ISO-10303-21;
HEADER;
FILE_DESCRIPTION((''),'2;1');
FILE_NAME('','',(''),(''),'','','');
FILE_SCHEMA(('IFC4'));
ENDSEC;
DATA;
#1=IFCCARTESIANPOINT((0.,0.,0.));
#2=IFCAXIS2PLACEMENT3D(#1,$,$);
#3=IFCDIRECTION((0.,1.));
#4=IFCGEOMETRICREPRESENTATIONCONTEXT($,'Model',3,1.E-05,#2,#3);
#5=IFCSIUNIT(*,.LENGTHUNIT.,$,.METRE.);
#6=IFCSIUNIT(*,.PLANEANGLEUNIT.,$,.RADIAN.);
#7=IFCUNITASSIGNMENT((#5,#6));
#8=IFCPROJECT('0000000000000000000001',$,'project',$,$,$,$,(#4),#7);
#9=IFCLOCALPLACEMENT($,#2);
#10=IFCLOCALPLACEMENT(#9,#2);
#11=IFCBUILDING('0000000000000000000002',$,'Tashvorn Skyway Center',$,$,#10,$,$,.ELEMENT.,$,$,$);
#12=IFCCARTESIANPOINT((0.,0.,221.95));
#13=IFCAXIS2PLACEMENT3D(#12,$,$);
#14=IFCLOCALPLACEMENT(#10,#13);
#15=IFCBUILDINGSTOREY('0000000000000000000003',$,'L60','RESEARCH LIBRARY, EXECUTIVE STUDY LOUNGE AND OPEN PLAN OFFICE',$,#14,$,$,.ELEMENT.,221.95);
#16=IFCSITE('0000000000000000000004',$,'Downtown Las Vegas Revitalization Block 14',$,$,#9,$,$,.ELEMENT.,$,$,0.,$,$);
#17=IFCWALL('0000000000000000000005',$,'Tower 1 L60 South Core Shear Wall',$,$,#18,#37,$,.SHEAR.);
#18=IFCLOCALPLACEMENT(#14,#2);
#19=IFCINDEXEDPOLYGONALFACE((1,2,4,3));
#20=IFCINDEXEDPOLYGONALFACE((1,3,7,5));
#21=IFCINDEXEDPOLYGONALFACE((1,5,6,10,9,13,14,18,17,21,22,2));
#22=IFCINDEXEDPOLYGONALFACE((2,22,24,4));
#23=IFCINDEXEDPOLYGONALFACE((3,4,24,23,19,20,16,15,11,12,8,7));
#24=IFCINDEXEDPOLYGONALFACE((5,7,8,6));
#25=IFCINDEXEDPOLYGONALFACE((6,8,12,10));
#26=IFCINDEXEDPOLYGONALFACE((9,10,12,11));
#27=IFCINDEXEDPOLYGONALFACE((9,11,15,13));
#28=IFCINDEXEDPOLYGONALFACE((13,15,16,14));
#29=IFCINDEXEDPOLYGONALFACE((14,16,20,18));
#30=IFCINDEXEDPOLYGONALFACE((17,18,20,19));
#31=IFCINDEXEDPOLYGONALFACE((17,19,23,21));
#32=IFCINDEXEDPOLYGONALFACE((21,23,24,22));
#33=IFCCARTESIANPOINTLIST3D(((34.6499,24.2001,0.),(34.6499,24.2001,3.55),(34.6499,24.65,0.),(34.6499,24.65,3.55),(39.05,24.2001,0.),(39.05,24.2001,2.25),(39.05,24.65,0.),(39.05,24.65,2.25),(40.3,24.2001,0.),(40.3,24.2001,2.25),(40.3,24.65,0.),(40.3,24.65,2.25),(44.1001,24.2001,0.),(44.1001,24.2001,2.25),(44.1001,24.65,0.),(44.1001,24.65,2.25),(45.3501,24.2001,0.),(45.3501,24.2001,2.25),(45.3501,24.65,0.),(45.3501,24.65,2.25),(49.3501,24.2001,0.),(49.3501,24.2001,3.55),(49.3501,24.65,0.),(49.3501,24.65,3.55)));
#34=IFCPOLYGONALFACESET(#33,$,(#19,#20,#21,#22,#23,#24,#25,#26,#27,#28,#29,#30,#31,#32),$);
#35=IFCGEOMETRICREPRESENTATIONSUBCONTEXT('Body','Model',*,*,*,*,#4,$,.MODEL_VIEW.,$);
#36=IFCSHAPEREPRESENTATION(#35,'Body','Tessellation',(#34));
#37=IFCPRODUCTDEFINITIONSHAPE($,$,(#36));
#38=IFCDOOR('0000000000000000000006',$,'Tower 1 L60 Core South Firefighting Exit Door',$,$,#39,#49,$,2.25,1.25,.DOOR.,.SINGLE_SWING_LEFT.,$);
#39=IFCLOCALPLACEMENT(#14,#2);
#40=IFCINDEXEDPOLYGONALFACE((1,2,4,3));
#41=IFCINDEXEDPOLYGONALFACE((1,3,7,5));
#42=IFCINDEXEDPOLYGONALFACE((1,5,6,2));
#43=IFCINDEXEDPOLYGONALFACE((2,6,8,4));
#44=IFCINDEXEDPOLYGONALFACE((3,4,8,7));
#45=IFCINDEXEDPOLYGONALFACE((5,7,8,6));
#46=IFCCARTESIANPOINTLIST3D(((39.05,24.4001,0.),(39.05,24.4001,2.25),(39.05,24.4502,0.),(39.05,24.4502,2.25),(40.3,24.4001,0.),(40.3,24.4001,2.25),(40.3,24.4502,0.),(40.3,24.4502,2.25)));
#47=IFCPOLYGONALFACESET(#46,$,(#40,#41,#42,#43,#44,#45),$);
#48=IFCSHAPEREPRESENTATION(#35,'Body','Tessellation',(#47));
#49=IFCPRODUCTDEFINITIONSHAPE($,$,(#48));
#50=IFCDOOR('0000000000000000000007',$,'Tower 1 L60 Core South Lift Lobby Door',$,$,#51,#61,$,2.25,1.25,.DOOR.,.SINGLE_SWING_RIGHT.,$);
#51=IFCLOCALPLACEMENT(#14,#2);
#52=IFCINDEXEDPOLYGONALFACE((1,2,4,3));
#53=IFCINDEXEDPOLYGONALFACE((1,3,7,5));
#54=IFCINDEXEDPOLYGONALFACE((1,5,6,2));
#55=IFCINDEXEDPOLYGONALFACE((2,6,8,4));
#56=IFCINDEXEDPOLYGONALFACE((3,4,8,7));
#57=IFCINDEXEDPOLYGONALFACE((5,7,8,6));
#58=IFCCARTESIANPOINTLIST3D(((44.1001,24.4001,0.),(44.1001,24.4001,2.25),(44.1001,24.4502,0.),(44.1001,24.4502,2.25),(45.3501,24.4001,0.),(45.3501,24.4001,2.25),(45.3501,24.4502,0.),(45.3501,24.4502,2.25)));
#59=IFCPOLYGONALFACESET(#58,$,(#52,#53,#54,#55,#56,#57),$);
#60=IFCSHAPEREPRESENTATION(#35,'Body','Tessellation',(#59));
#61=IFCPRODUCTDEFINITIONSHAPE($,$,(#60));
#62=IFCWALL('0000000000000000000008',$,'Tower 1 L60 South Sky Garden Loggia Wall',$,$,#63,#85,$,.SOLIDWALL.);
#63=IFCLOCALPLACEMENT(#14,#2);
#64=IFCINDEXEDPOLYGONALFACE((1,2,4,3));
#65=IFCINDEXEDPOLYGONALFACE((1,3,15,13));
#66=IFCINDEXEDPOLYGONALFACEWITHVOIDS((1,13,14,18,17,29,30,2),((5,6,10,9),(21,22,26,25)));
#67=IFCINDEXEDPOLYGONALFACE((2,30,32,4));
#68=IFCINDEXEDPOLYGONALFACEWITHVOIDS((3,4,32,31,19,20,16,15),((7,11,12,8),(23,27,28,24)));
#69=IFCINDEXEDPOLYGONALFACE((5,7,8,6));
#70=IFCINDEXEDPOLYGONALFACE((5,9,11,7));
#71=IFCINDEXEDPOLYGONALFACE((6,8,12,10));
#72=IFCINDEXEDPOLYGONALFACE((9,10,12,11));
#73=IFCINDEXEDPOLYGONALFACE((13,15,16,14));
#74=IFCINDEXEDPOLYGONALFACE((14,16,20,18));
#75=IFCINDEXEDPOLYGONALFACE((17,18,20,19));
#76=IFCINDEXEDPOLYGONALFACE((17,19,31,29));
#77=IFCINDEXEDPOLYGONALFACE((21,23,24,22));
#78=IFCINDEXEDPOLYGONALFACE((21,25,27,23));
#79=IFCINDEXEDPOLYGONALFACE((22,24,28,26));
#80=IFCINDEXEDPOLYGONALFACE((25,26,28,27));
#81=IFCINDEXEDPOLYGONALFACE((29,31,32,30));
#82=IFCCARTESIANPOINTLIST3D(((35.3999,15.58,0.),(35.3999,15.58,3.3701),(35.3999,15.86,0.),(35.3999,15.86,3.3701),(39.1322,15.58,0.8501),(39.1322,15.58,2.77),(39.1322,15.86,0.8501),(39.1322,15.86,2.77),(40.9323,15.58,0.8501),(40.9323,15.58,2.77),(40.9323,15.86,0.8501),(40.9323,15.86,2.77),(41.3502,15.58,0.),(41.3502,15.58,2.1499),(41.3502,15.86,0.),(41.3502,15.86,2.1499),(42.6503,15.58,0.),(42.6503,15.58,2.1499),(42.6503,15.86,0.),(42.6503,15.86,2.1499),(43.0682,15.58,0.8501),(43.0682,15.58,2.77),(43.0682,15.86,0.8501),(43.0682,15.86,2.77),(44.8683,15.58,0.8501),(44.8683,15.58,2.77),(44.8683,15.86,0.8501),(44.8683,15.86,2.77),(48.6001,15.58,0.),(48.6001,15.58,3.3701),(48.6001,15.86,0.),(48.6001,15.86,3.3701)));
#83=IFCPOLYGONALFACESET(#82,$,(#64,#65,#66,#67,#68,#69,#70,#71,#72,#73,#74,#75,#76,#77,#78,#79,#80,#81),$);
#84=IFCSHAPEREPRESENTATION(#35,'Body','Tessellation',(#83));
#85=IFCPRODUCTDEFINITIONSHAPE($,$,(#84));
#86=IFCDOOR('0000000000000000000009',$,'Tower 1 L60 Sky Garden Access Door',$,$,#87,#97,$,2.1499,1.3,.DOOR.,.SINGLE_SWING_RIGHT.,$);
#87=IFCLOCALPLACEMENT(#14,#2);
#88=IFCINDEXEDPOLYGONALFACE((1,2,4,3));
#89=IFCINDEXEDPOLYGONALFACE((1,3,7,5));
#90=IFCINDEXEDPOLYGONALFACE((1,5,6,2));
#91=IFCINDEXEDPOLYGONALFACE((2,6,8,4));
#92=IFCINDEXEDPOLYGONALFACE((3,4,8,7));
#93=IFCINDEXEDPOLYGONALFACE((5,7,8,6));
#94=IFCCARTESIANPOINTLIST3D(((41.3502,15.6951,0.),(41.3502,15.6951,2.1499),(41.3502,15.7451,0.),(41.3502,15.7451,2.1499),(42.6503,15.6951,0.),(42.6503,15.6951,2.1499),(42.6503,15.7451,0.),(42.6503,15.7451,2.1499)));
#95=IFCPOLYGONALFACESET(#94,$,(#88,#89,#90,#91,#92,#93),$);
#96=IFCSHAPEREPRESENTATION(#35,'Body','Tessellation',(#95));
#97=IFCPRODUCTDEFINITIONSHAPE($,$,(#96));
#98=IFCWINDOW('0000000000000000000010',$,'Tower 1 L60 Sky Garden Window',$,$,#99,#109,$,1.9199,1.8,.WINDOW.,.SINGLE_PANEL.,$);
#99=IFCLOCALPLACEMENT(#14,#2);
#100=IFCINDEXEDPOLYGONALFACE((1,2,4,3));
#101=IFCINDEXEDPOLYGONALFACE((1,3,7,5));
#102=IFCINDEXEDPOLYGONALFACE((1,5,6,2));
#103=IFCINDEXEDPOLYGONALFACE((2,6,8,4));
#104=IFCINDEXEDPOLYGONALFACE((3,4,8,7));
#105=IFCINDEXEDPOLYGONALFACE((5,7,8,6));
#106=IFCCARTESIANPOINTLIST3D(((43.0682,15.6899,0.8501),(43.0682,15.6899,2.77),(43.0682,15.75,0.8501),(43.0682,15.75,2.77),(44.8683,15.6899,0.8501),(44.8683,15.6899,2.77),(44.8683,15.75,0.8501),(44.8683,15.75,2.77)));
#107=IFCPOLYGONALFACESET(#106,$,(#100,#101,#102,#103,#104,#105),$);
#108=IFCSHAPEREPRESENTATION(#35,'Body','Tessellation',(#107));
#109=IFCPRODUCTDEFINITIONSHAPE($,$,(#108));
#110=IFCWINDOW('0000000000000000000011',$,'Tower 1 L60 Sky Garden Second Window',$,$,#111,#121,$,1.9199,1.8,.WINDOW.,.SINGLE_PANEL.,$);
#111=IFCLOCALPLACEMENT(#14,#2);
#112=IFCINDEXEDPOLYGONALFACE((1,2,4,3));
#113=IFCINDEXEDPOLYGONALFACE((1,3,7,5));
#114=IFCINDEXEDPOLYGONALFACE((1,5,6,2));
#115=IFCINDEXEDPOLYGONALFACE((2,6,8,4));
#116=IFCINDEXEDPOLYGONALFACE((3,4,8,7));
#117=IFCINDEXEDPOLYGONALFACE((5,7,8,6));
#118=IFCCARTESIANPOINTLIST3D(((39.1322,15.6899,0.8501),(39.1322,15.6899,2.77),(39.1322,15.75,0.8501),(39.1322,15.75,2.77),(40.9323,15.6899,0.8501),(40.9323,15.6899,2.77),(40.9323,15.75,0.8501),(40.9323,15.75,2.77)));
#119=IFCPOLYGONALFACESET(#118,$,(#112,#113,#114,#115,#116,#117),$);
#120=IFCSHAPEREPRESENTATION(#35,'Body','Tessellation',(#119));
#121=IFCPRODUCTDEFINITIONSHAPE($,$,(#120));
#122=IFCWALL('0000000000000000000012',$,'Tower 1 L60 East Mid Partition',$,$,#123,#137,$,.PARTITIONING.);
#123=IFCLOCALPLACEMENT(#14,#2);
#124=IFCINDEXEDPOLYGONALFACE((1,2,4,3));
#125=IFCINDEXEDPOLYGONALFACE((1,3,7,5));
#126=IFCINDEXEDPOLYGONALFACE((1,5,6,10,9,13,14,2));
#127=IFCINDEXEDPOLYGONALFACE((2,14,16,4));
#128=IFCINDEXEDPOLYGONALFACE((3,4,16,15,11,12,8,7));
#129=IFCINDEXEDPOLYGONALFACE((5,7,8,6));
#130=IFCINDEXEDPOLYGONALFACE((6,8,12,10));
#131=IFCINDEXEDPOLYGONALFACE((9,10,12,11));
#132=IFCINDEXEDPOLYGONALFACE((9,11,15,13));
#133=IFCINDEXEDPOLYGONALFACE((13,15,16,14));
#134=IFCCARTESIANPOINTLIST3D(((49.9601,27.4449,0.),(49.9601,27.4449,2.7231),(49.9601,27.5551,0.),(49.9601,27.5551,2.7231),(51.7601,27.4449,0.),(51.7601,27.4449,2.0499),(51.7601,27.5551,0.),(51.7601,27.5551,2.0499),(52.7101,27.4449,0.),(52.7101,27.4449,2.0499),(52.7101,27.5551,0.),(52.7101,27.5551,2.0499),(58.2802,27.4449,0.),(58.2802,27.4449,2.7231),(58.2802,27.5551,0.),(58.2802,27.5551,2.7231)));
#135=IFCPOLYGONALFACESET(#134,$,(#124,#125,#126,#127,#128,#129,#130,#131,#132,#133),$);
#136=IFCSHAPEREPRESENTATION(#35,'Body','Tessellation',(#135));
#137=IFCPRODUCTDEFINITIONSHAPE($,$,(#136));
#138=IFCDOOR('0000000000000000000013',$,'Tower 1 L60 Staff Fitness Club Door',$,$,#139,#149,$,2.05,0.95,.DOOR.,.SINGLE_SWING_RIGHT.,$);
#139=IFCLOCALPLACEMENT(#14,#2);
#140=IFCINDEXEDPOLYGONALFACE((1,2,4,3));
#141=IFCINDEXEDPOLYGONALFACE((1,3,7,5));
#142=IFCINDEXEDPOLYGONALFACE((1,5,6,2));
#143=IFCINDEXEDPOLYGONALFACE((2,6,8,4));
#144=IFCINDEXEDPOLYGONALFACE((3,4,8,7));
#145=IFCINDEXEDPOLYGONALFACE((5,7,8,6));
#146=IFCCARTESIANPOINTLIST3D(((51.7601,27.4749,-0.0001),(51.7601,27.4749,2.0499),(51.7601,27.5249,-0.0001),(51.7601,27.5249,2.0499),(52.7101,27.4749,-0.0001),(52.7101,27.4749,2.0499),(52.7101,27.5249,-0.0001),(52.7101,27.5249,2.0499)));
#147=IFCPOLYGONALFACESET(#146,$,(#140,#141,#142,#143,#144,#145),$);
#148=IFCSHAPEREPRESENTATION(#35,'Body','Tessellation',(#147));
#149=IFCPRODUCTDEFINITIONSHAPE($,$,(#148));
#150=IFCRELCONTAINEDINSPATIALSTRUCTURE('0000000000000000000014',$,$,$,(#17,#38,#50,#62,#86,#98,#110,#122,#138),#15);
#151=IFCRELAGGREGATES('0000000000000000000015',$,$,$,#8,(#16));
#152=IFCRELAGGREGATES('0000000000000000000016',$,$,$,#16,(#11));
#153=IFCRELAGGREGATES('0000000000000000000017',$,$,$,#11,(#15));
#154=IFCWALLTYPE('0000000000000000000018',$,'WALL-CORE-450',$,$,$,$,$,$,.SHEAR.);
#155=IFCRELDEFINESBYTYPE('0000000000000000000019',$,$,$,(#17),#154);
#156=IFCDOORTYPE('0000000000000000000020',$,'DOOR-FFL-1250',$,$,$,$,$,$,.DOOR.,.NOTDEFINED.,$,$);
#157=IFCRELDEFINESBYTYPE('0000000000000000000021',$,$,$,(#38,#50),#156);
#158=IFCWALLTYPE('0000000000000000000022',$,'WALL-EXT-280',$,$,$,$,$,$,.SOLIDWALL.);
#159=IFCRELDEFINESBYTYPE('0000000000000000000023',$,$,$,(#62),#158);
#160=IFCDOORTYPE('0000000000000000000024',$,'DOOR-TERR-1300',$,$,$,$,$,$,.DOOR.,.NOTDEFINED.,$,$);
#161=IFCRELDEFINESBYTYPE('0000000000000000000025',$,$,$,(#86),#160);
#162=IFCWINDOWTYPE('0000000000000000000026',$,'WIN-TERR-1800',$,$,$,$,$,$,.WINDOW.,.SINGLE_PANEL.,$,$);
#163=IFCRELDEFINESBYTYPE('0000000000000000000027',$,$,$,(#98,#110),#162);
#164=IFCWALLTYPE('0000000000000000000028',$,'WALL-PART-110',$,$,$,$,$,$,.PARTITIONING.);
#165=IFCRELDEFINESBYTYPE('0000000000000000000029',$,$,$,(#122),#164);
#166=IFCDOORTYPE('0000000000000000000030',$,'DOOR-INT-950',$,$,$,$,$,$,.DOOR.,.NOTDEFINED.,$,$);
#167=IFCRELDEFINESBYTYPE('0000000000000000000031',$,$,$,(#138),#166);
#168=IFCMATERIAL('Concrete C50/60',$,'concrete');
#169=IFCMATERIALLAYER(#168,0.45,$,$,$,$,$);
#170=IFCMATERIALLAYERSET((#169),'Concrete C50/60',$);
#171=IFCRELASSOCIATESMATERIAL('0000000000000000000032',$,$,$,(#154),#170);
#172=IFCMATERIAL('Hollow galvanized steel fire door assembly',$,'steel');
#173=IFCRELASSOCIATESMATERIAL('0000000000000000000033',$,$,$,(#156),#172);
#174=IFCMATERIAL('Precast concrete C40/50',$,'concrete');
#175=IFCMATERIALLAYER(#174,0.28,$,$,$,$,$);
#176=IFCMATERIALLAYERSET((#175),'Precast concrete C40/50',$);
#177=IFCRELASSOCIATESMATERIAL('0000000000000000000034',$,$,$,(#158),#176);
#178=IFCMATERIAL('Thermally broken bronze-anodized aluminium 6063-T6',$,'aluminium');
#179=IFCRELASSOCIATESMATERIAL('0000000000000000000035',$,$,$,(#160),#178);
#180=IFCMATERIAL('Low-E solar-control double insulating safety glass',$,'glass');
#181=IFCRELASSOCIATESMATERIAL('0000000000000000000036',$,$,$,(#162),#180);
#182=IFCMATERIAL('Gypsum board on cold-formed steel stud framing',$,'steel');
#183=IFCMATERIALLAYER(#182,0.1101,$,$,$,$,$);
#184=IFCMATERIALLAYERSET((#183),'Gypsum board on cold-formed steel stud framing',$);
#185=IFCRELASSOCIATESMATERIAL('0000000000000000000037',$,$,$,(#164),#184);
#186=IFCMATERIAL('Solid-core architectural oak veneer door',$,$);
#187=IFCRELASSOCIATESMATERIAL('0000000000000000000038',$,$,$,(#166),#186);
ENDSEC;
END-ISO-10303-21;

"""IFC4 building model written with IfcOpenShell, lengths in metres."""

from ifc_helpers import new_model, si_unit, direction, frame, frame_2d, origin, place, context, subcontext, project, spatial, rectangle, extrude, material, layer, layer_set, type_object, element, fill, save


model = new_model("IFC4")

# Units and contexts
model_context = context("Model", 3, precision=1e-05, world=origin(), true_north=direction((0.0, 1.0)))
body_context = subcontext(model_context, "Body", "Model", "MODEL_VIEW")
ifc_project = project(units=[si_unit("LENGTHUNIT", "METRE"), si_unit("PLANEANGLEUNIT", "RADIAN")], contexts=[model_context])

# Site, building, storey
site_placement = place(None, origin())
site = spatial("IfcSite", under=ifc_project, at=site_placement, Name="Downtown Las Vegas Revitalization Block 14", CompositionType="ELEMENT", RefElevation=0.0)
building_placement = place(site_placement, origin())
building = spatial("IfcBuilding", under=site, at=building_placement, Name="Tashvorn Skyway Center", CompositionType="ELEMENT")
storey_placement = place(building_placement, frame((0.0, 0.0, 221.95)))
storey = spatial("IfcBuildingStorey", under=building, at=storey_placement, Name="L60", Description="RESEARCH LIBRARY, EXECUTIVE STUDY LOUNGE AND OPEN PLAN OFFICE", CompositionType="ELEMENT", Elevation=221.95)

# Shared definitions
ifc_material_1 = material(Name="Thermally broken bronze-anodized aluminium 6063-T6", Category="aluminium")

# Shared definitions
ifc_material_2 = material(Name="Low-E solar-control double insulating safety glass", Category="glass")

# Wall, openings, doors
ifc_material_3 = material(Name="Concrete C50/60", Category="concrete")
ifc_layer_1 = layer(ifc_material_3, 0.45)
ifc_layer_set_1 = layer_set([ifc_layer_1], Name="Concrete C50/60")
wall_type_1 = type_object("IfcWallType", Name="WALL-CORE-450", PredefinedType="SHEAR", material=ifc_layer_set_1)
wall_1_placement = place(storey_placement, frame((49.3501, 24.425, 0.0), z_axis=(0.0, 0.0, 1.0), x_axis=(-1.0, 0.0, 0.0)))
wall_1 = element("IfcWall", 1, at=wall_1_placement, inside=storey, type_object=wall_type_1, Name="Tower 1 L60 South Core Shear Wall", PredefinedType="SHEAR", context=body_context, shape_type="SweptSolid", body=[
    extrude(rectangle(XDim=14.7002, YDim=0.45, at=frame_2d((7.3501, 0.0))), origin(), (0.0, 0.0, 1.0), 3.55),
])
opening_1_placement = place(wall_1_placement, frame((9.05, 0.0, 0.0)))
opening_1 = element("IfcOpeningElement", 2, at=opening_1_placement, cuts=wall_1, PredefinedType="OPENING", context=body_context, shape_type="SweptSolid", body=[
    extrude(rectangle(XDim=1.25, YDim=2.25, at=frame_2d((0.625, 1.125))), frame((0.0, 0.2349, 0.0), z_axis=(0.0, -1.0, 0.0), x_axis=(1.0, 0.0, 0.0)), (0.0, 0.0, 1.0), 0.47),
])
opening_2_placement = place(wall_1_placement, frame((4.0, 0.0, 0.0)))
opening_2 = element("IfcOpeningElement", 3, at=opening_2_placement, cuts=wall_1, PredefinedType="OPENING", context=body_context, shape_type="SweptSolid", body=[
    extrude(rectangle(XDim=1.25, YDim=2.25, at=frame_2d((0.625, 1.125))), frame((0.0, 0.2349, 0.0), z_axis=(0.0, -1.0, 0.0), x_axis=(1.0, 0.0, 0.0)), (0.0, 0.0, 1.0), 0.47),
])
ifc_material_4 = material(Name="Hollow galvanized steel fire door assembly", Category="steel")
door_type_1 = type_object("IfcDoorType", Name="DOOR-FFL-1250", OperationType="NOTDEFINED", PredefinedType="DOOR", material=ifc_material_4)
door_1_placement = place(opening_1_placement, origin())
door_1 = element("IfcDoor", 4, at=door_1_placement, inside=storey, type_object=door_type_1, Name="Tower 1 L60 Core South Firefighting Exit Door", OperationType="SINGLE_SWING_LEFT", OverallHeight=2.25, OverallWidth=1.25, PredefinedType="DOOR", context=body_context, shape_type="SweptSolid", body=[
    extrude(rectangle(XDim=1.25, YDim=2.25, at=frame_2d((0.625, 1.125))), frame((0.0, 0.0249, 0.0), z_axis=(0.0, -1.0, 0.0), x_axis=(1.0, 0.0, 0.0)), (0.0, 0.0, 1.0), 0.05),
])
fill(opening_1, door_1)
door_2_placement = place(opening_2_placement, origin())
door_2 = element("IfcDoor", 5, at=door_2_placement, inside=storey, type_object=door_type_1, Name="Tower 1 L60 Core South Lift Lobby Door", OperationType="SINGLE_SWING_RIGHT", OverallHeight=2.25, OverallWidth=1.25, PredefinedType="DOOR", context=body_context, shape_type="SweptSolid", body=[
    extrude(rectangle(XDim=1.25, YDim=2.25, at=frame_2d((0.625, 1.125))), frame((0.0, 0.0249, 0.0), z_axis=(0.0, -1.0, 0.0), x_axis=(1.0, 0.0, 0.0)), (0.0, 0.0, 1.0), 0.05),
])
fill(opening_2, door_2)

# Wall, openings, door, windows
ifc_material_5 = material(Name="Precast concrete C40/50", Category="concrete")
ifc_layer_2 = layer(ifc_material_5, 0.28)
ifc_layer_set_2 = layer_set([ifc_layer_2], Name="Precast concrete C40/50")
wall_type_2 = type_object("IfcWallType", Name="WALL-EXT-280", PredefinedType="SOLIDWALL", material=ifc_layer_set_2)
wall_2_placement = place(storey_placement, frame((48.6001, 15.72, 0.0), z_axis=(0.0, 0.0, 1.0), x_axis=(-1.0, 0.0, 0.0)))
wall_2 = element("IfcWall", 6, at=wall_2_placement, inside=storey, type_object=wall_type_2, Name="Tower 1 L60 South Sky Garden Loggia Wall", PredefinedType="SOLIDWALL", context=body_context, shape_type="SweptSolid", body=[
    extrude(rectangle(XDim=13.2002, YDim=0.28, at=frame_2d((6.6001, 0.0))), origin(), (0.0, 0.0, 1.0), 3.3701),
])
opening_3_placement = place(wall_2_placement, frame((5.95, 0.0, 0.0)))
opening_3 = element("IfcOpeningElement", 7, at=opening_3_placement, cuts=wall_2, PredefinedType="OPENING", context=body_context, shape_type="SweptSolid", body=[
    extrude(rectangle(XDim=1.3, YDim=2.1499, at=frame_2d((0.6499, 1.075))), frame((0.0, 0.1499, 0.0), z_axis=(0.0, -1.0, 0.0), x_axis=(1.0, 0.0, 0.0)), (0.0, 0.0, 1.0), 0.3),
])
opening_4_placement = place(wall_2_placement, frame((3.7319, 0.0, 0.8501)))
opening_4 = element("IfcOpeningElement", 8, at=opening_4_placement, cuts=wall_2, PredefinedType="OPENING", context=body_context, shape_type="SweptSolid", body=[
    extrude(rectangle(XDim=1.8, YDim=1.9199, at=frame_2d((0.8999, 0.96))), frame((0.0, 0.1499, 0.0), z_axis=(0.0, -1.0, 0.0), x_axis=(1.0, 0.0, 0.0)), (0.0, 0.0, 1.0), 0.3),
])
opening_5_placement = place(wall_2_placement, frame((7.668, 0.0, 0.8501)))
opening_5 = element("IfcOpeningElement", 9, at=opening_5_placement, cuts=wall_2, PredefinedType="OPENING", context=body_context, shape_type="SweptSolid", body=[
    extrude(rectangle(XDim=1.8, YDim=1.9199, at=frame_2d((0.8999, 0.96))), frame((0.0, 0.1499, 0.0), z_axis=(0.0, -1.0, 0.0), x_axis=(1.0, 0.0, 0.0)), (0.0, 0.0, 1.0), 0.3),
])
door_type_2 = type_object("IfcDoorType", Name="DOOR-TERR-1300", OperationType="NOTDEFINED", PredefinedType="DOOR", material=ifc_material_1)
door_3_placement = place(opening_3_placement, origin())
door_3 = element("IfcDoor", 10, at=door_3_placement, inside=storey, type_object=door_type_2, Name="Tower 1 L60 Sky Garden Access Door", OperationType="SINGLE_SWING_RIGHT", OverallHeight=2.1499, OverallWidth=1.3, PredefinedType="DOOR", context=body_context, shape_type="SweptSolid", body=[
    extrude(rectangle(XDim=1.3, YDim=2.1499, at=frame_2d((0.6499, 1.075))), frame((0.0, 0.0249, 0.0), z_axis=(0.0, -1.0, 0.0), x_axis=(1.0, 0.0, 0.0)), (0.0, 0.0, 1.0), 0.05),
])
fill(opening_3, door_3)
window_type = type_object("IfcWindowType", Name="WIN-TERR-1800", PartitioningType="SINGLE_PANEL", PredefinedType="WINDOW", material=ifc_material_2)
window_1_placement = place(opening_4_placement, origin())
window_1 = element("IfcWindow", 11, at=window_1_placement, inside=storey, type_object=window_type, Name="Tower 1 L60 Sky Garden Window", OverallHeight=1.9199, OverallWidth=1.8, PartitioningType="SINGLE_PANEL", PredefinedType="WINDOW", context=body_context, shape_type="SweptSolid", body=[
    extrude(rectangle(XDim=1.8, YDim=1.9199, at=frame_2d((0.8999, 0.96))), frame((0.0, 0.03, 0.0), z_axis=(0.0, -1.0, 0.0), x_axis=(1.0, 0.0, 0.0)), (0.0, 0.0, 1.0), 0.0601),
])
fill(opening_4, window_1)
window_2_placement = place(opening_5_placement, origin())
window_2 = element("IfcWindow", 12, at=window_2_placement, inside=storey, type_object=window_type, Name="Tower 1 L60 Sky Garden Second Window", OverallHeight=1.9199, OverallWidth=1.8, PartitioningType="SINGLE_PANEL", PredefinedType="WINDOW", context=body_context, shape_type="SweptSolid", body=[
    extrude(rectangle(XDim=1.8, YDim=1.9199, at=frame_2d((0.8999, 0.96))), frame((0.0, 0.03, 0.0), z_axis=(0.0, -1.0, 0.0), x_axis=(1.0, 0.0, 0.0)), (0.0, 0.0, 1.0), 0.0601),
])
fill(opening_5, window_2)

# Wall, opening, door
ifc_material_6 = material(Name="Gypsum board on cold-formed steel stud framing", Category="steel")
ifc_layer_3 = layer(ifc_material_6, 0.1101)
ifc_layer_set_3 = layer_set([ifc_layer_3], Name="Gypsum board on cold-formed steel stud framing")
wall_type_3 = type_object("IfcWallType", Name="WALL-PART-110", PredefinedType="PARTITIONING", material=ifc_layer_set_3)
wall_3_placement = place(storey_placement, frame((49.96, 27.5, 0.0), z_axis=(0.0, 0.0, 1.0), x_axis=(1.0, 0.0, 0.0)))
wall_3 = element("IfcWall", 13, at=wall_3_placement, inside=storey, type_object=wall_type_3, Name="Tower 1 L60 East Mid Partition", PredefinedType="PARTITIONING", context=body_context, shape_type="SweptSolid", body=[
    extrude(rectangle(XDim=8.3201, YDim=0.1101, at=frame_2d((4.1602, 0.0))), origin(), (0.0, 0.0, 1.0), 2.7231),
])
opening_6_placement = place(wall_3_placement, frame((1.8, 0.0, 0.0)))
opening_6 = element("IfcOpeningElement", 14, at=opening_6_placement, cuts=wall_3, PredefinedType="OPENING", context=body_context, shape_type="SweptSolid", body=[
    extrude(rectangle(XDim=0.95, YDim=2.05, at=frame_2d((0.4751, 1.0249))), frame((0.0, 0.0649, 0.0), z_axis=(0.0, -1.0, 0.0), x_axis=(1.0, 0.0, 0.0)), (0.0, 0.0, 1.0), 0.1301),
])
ifc_material_7 = material(Name="Solid-core architectural oak veneer door")
door_type_3 = type_object("IfcDoorType", Name="DOOR-INT-950", OperationType="NOTDEFINED", PredefinedType="DOOR", material=ifc_material_7)
door_4_placement = place(opening_6_placement, origin())
door_4 = element("IfcDoor", 15, at=door_4_placement, inside=storey, type_object=door_type_3, Name="Tower 1 L60 Staff Fitness Club Door", OperationType="SINGLE_SWING_RIGHT", OverallHeight=2.05, OverallWidth=0.95, PredefinedType="DOOR", context=body_context, shape_type="SweptSolid", body=[
    extrude(rectangle(XDim=0.95, YDim=2.05, at=frame_2d((0.4751, 1.0249))), frame((0.0, 0.0249, 0.0), z_axis=(0.0, -1.0, 0.0), x_axis=(1.0, 0.0, 0.0)), (0.0, 0.0, 1.0), 0.05),
])
fill(opening_6, door_4)

save(model, "model.ifc")
